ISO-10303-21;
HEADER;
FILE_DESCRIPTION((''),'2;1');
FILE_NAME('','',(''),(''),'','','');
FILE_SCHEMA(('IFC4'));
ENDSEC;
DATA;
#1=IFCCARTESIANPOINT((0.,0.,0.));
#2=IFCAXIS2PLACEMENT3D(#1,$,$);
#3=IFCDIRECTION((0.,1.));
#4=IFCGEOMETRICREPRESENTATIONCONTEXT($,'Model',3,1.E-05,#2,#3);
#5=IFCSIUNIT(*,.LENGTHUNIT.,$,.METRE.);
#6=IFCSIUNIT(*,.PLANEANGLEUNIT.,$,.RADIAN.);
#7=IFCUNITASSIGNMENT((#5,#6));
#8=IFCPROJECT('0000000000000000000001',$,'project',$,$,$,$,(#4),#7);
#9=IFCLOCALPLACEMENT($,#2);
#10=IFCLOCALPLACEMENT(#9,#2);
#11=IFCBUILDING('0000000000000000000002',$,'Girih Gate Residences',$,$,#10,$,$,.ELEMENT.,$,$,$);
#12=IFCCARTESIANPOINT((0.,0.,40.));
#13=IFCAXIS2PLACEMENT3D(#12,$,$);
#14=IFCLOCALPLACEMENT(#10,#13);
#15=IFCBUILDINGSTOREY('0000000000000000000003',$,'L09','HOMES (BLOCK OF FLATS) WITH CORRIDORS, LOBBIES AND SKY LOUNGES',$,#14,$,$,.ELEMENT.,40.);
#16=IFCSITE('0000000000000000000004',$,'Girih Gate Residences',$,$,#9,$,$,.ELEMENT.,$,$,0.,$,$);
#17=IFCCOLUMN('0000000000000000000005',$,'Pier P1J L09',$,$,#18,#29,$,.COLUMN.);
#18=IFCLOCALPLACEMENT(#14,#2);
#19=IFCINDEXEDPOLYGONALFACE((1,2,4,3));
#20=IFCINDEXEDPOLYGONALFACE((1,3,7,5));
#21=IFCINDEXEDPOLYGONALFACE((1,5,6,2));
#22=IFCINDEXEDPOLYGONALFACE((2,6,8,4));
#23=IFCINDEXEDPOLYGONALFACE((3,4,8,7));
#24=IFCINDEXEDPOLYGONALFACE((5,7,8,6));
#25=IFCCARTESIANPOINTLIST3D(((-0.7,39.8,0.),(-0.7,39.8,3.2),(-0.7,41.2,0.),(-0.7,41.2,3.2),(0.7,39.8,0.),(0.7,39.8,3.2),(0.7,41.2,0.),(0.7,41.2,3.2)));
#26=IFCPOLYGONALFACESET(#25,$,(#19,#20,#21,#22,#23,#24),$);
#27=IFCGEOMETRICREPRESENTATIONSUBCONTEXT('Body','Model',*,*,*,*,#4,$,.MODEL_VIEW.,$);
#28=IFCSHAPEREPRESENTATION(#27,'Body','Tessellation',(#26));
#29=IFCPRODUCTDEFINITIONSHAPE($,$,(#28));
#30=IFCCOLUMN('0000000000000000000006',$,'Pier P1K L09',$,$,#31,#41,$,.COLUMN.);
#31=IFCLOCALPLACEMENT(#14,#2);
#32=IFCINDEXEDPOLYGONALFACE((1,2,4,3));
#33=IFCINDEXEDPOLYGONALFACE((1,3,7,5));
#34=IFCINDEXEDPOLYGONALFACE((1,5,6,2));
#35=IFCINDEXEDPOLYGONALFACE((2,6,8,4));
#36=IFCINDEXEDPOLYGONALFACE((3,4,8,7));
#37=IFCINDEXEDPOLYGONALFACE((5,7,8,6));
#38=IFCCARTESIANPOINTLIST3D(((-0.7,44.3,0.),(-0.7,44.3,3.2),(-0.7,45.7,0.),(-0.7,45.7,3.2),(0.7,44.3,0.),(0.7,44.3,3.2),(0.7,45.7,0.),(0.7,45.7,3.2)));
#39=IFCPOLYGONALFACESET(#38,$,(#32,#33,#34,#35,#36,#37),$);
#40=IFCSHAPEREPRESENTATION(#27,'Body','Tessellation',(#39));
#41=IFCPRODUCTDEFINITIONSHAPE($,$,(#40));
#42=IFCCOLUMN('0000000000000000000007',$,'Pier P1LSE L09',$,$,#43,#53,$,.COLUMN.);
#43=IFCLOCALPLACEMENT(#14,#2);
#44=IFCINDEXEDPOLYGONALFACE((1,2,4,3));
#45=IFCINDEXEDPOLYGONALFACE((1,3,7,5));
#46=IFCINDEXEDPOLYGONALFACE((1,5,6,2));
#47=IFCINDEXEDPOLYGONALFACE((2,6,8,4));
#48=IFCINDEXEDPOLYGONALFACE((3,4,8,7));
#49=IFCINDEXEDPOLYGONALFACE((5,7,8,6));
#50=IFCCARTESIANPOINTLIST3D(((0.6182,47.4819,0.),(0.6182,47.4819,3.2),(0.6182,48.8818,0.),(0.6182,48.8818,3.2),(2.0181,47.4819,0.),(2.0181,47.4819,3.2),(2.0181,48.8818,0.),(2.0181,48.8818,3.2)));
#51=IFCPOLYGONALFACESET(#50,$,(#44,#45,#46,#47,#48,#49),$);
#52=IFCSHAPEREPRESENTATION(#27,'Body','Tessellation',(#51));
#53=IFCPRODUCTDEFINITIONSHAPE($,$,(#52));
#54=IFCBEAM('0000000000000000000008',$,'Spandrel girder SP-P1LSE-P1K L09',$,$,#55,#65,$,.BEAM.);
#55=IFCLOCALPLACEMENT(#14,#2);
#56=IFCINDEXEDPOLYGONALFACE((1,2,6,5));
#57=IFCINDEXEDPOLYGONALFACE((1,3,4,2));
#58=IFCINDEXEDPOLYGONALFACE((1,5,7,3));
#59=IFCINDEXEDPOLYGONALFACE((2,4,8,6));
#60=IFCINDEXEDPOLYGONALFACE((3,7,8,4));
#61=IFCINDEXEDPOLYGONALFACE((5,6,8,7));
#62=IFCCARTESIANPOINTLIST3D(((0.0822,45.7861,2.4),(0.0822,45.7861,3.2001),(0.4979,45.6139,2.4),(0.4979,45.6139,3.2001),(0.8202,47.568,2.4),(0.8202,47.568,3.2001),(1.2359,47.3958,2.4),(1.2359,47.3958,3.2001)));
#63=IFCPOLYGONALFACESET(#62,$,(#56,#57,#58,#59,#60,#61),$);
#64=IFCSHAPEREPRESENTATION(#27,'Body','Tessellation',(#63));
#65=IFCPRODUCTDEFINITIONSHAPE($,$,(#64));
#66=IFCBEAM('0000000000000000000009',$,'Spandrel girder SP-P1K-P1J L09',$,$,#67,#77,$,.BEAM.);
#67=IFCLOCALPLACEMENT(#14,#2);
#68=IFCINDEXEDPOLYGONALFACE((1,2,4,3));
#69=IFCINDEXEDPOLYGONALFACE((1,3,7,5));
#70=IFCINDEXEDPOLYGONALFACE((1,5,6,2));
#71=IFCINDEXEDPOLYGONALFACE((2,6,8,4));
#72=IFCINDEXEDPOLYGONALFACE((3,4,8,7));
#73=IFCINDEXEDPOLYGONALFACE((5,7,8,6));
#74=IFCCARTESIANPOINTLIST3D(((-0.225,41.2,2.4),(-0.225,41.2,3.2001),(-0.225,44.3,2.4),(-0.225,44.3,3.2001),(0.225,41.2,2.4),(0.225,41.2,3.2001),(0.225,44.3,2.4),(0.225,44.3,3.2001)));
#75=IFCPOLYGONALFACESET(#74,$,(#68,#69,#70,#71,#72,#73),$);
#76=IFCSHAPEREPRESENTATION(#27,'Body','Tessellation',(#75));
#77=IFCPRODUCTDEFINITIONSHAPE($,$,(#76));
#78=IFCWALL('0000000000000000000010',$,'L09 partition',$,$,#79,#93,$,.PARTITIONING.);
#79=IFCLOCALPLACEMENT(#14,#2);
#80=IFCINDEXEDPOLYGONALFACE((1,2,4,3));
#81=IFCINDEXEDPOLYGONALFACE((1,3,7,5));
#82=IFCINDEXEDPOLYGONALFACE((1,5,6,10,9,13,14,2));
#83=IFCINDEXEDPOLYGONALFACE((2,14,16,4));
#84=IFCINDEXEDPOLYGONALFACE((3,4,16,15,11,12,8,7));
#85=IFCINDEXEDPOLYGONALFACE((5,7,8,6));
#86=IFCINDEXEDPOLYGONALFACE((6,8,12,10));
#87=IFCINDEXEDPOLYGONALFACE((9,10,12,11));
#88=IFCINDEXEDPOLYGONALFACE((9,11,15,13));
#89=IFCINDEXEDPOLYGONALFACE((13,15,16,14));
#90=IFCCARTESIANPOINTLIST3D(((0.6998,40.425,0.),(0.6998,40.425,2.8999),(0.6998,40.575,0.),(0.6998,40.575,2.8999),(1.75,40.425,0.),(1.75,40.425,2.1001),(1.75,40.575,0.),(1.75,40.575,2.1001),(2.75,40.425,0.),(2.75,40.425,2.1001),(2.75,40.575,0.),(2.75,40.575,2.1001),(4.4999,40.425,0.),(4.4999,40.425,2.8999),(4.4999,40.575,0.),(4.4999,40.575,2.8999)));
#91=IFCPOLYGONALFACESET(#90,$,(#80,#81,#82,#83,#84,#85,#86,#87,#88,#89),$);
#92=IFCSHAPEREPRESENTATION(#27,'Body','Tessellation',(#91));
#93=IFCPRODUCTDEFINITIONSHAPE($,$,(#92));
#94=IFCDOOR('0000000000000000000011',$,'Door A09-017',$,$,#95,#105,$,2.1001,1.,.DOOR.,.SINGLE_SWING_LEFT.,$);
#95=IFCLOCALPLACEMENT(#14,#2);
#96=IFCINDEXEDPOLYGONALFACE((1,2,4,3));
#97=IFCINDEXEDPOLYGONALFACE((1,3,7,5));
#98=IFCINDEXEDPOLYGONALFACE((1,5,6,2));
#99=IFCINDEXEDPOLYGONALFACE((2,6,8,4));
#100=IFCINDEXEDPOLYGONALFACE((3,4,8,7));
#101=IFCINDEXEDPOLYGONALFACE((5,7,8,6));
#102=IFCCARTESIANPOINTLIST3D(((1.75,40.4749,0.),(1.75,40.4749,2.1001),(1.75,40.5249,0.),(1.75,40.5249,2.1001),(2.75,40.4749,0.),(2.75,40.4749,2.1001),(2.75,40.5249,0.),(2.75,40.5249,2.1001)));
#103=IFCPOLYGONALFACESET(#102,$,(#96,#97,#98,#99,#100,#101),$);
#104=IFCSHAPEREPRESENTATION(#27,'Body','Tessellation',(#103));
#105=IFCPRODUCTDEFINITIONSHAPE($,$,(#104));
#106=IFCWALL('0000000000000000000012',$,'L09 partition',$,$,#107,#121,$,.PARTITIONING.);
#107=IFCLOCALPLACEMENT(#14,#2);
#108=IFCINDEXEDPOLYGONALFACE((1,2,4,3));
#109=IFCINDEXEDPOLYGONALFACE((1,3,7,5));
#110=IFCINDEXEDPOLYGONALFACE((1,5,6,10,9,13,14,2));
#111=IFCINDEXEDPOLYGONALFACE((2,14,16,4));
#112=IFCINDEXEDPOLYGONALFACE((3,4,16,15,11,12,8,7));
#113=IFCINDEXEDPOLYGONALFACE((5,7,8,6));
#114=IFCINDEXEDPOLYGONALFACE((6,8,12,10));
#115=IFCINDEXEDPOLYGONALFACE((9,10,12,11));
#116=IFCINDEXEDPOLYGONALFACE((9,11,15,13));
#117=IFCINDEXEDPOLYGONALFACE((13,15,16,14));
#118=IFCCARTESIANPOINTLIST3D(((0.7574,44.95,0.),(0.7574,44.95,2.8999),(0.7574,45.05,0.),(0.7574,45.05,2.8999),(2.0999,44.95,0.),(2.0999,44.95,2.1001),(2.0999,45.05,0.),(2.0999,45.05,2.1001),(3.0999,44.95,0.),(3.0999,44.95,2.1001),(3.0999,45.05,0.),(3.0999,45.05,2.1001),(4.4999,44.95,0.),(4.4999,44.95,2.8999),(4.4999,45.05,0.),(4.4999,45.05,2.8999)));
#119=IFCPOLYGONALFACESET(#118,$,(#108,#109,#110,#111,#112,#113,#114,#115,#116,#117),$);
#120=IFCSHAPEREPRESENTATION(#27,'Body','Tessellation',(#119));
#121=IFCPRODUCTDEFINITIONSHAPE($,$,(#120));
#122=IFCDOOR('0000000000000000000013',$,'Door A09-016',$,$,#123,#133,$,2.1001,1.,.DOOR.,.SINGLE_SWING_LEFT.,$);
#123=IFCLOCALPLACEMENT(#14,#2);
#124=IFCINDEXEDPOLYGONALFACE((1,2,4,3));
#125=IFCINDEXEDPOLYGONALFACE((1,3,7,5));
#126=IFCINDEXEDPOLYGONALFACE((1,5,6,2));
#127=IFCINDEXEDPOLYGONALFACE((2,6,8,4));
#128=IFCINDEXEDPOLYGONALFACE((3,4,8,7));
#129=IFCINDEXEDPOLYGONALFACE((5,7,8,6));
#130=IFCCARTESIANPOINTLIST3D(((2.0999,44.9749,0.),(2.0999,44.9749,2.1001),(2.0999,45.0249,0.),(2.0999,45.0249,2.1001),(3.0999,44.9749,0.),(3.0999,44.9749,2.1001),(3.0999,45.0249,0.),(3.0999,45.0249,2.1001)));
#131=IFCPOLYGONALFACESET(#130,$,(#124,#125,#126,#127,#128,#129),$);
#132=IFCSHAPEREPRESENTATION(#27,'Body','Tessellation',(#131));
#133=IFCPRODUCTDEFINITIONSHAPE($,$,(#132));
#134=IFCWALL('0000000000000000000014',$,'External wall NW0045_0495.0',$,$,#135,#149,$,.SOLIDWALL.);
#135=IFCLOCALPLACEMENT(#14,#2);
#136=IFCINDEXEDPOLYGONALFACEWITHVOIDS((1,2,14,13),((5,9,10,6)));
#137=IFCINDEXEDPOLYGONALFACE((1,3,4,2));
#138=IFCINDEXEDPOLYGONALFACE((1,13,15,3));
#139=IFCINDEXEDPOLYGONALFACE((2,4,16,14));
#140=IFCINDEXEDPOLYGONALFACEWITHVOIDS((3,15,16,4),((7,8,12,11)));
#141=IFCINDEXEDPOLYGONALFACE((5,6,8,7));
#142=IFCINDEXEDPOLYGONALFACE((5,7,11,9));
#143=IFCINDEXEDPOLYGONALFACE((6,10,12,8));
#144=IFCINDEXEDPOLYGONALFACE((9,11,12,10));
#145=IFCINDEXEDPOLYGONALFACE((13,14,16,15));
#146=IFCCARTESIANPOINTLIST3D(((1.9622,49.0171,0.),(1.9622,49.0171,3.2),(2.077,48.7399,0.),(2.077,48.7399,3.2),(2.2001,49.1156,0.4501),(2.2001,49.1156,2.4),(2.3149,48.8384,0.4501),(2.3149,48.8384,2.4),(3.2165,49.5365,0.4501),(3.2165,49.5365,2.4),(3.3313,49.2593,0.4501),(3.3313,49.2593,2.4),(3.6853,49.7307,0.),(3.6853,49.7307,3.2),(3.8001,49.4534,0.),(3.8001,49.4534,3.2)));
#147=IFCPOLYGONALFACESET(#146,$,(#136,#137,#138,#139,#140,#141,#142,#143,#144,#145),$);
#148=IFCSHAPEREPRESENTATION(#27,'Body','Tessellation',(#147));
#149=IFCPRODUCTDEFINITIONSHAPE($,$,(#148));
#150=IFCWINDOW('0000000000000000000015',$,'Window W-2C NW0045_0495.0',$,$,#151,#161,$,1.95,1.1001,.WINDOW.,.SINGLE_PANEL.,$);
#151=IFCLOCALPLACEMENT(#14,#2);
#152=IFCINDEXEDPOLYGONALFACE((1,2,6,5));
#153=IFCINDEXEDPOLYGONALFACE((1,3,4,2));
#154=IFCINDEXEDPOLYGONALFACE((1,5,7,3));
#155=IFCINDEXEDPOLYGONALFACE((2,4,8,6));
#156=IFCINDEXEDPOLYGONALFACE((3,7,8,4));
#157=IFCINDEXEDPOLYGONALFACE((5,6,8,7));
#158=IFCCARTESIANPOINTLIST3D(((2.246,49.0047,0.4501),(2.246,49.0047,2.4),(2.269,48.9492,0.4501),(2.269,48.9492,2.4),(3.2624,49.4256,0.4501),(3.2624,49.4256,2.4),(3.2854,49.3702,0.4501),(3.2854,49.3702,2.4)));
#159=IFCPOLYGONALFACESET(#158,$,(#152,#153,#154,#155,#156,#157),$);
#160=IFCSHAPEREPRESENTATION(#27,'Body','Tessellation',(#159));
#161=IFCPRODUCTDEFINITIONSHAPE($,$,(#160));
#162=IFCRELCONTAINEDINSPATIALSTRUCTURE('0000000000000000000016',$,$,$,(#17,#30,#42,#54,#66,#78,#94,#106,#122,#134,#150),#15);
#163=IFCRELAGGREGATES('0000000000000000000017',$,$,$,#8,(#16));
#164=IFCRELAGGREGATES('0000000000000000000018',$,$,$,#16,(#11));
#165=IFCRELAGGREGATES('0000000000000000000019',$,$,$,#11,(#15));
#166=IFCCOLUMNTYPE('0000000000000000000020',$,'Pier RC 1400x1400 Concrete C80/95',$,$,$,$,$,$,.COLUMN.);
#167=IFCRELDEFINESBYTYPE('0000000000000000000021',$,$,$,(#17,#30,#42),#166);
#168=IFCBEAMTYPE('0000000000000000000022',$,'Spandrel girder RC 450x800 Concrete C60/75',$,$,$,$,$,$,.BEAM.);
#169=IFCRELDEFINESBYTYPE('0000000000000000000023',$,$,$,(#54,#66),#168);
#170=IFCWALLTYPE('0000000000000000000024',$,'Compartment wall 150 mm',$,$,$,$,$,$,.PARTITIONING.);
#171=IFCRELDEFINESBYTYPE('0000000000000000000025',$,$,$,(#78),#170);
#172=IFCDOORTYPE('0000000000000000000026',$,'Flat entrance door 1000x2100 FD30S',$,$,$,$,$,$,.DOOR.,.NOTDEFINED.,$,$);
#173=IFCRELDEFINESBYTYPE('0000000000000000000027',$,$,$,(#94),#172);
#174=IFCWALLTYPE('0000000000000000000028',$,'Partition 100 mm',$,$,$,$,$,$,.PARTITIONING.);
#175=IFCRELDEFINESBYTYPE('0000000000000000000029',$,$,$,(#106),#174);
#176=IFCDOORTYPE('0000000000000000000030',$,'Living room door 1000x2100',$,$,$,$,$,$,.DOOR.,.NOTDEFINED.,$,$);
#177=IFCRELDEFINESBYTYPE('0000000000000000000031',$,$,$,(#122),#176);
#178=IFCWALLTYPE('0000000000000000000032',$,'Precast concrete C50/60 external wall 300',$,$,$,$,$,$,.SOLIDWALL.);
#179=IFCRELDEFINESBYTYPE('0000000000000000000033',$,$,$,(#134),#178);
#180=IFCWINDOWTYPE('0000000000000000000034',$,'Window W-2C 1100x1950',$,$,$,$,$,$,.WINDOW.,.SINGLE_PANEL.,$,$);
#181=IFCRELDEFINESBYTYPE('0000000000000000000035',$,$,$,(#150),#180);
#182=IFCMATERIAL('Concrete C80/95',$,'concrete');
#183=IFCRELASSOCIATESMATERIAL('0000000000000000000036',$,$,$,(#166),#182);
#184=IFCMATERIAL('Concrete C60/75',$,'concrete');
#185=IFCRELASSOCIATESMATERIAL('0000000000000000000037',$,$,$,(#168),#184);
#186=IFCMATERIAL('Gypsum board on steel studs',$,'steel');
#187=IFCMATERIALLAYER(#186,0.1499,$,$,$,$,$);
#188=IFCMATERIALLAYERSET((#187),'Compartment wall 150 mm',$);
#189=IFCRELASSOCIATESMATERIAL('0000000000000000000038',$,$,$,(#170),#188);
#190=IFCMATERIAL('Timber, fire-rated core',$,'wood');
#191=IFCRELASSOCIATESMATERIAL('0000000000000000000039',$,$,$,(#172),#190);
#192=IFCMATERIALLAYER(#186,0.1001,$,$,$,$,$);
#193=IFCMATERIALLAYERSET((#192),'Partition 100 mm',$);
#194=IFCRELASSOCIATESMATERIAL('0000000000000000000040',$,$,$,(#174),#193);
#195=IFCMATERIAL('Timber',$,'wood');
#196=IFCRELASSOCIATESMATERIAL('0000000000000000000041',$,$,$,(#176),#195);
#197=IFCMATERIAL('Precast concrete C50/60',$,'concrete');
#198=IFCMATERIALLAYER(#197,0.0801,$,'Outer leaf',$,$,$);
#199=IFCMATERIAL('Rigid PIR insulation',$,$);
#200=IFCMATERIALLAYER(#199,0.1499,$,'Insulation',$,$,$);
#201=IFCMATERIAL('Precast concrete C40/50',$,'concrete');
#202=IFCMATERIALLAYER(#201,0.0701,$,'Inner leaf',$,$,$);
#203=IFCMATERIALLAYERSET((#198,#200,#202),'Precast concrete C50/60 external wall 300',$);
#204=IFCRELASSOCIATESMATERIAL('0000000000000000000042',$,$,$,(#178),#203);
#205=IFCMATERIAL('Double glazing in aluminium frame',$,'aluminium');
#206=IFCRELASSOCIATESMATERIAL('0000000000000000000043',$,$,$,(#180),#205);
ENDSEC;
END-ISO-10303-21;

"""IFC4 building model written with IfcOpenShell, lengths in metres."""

from ifc_helpers import new_model, si_unit, direction, frame, frame_2d, origin, origin_2d, place, context, subcontext, project, spatial, rectangle, extrude, material, layer, layer_set, material_profile, profile_set, type_object, element, fill, save


model = new_model("IFC4")

# Units and contexts
model_context = context("Model", 3, precision=1e-05, world=origin(), true_north=direction((0.0, 1.0)))
body_context = subcontext(model_context, "Body", "Model", "MODEL_VIEW")
ifc_project = project(units=[si_unit("LENGTHUNIT", "METRE"), si_unit("PLANEANGLEUNIT", "RADIAN")], contexts=[model_context])

# Site, building, storey
site_placement = place(None, origin())
site = spatial("IfcSite", under=ifc_project, at=site_placement, Name="Girih Gate Residences", CompositionType="ELEMENT", RefElevation=0.0)
building_placement = place(site_placement, origin())
building = spatial("IfcBuilding", under=site, at=building_placement, Name="Girih Gate Residences", CompositionType="ELEMENT")
storey_placement = place(building_placement, frame((0.0, 0.0, 40.0)))
storey = spatial("IfcBuildingStorey", under=building, at=storey_placement, Name="L09", Description="HOMES (BLOCK OF FLATS) WITH CORRIDORS, LOBBIES AND SKY LOUNGES", CompositionType="ELEMENT", Elevation=40.0)

# Columns
ifc_material_1 = material(Name="Concrete C80/95", Category="concrete")
ifc_material_profile_1 = material_profile(ifc_material_1, rectangle(XDim=1.3999, YDim=1.3999, at=origin_2d()))
ifc_profile_set_1 = profile_set([ifc_material_profile_1], Name="Concrete C80/95")
column_type = type_object("IfcColumnType", Name="Pier RC 1400x1400 Concrete C80/95", PredefinedType="COLUMN", material=ifc_profile_set_1)
for number, where, z_axis, x_axis, name in (
    (1, (0.0, 40.5, 0.0), (0.0, 0.0, 1.0), (1.0, 0.0, 0.0), "Pier P1J L09"),
    (2, (0.0, 45.0, 0.0), (0.0, 0.0, 1.0), (1.0, 0.0, 0.0), "Pier P1K L09"),
    (3, (1.3181, 48.1819, 0.0), (0.0, 0.0, 1.0), (1.0, 0.0, 0.0), "Pier P1LSE L09"),
):
    element("IfcColumn", number, at=place(storey_placement, frame(where, z_axis=z_axis, x_axis=x_axis)), inside=storey, type_object=column_type, Name=name, PredefinedType="COLUMN", context=body_context, shape_type="SweptSolid", body=[
        extrude(rectangle(XDim=1.3999, YDim=1.3999, at=origin_2d()), origin(), (0.0, 0.0, 1.0), 3.2),
    ])

# Beams
ifc_material_2 = material(Name="Concrete C60/75", Category="concrete")
ifc_material_profile_2 = material_profile(ifc_material_2, rectangle(XDim=0.45, YDim=0.8, at=origin_2d()))
ifc_profile_set_2 = profile_set([ifc_material_profile_2], Name="Concrete C60/75")
beam_type = type_object("IfcBeamType", Name="Spandrel girder RC 450x800 Concrete C60/75", PredefinedType="BEAM", material=ifc_profile_set_2)
beam_1_placement = place(storey_placement, frame((1.0281, 47.4819, 2.8), z_axis=(-0.382646, -0.923895, 0.0), x_axis=(0.923895, -0.382646, 0.0)))
element("IfcBeam", 4, at=beam_1_placement, inside=storey, type_object=beam_type, Name="Spandrel girder SP-P1LSE-P1K L09", PredefinedType="BEAM", context=body_context, shape_type="SweptSolid", body=[
    extrude(rectangle(XDim=0.45, YDim=0.8, at=origin_2d()), origin(), (0.0, 0.0, 1.0), 1.9287),
])
beam_2_placement = place(storey_placement, frame((0.0, 44.3, 2.8), z_axis=(0.0, -1.0, 0.0), x_axis=(1.0, 0.0, 0.0)))
element("IfcBeam", 5, at=beam_2_placement, inside=storey, type_object=beam_type, Name="Spandrel girder SP-P1K-P1J L09", PredefinedType="BEAM", context=body_context, shape_type="SweptSolid", body=[
    extrude(rectangle(XDim=0.45, YDim=0.8, at=origin_2d()), origin(), (0.0, 0.0, 1.0), 3.1001),
])

# Walls, openings, doors
ifc_material_3 = material(Name="Gypsum board on steel studs", Category="steel")
ifc_layer_1 = layer(ifc_material_3, 0.1499)
ifc_layer_set_1 = layer_set([ifc_layer_1], Name="Compartment wall 150 mm")
wall_type_1 = type_object("IfcWallType", Name="Compartment wall 150 mm", PredefinedType="PARTITIONING", material=ifc_layer_set_1)
wall_1_placement = place(storey_placement, frame((0.7, 40.5, 0.0), z_axis=(0.0, 0.0, 1.0), x_axis=(1.0, 0.0, 0.0)))
wall_1 = element("IfcWall", 6, at=wall_1_placement, inside=storey, type_object=wall_type_1, Name="L09 partition", PredefinedType="PARTITIONING", context=body_context, shape_type="SweptSolid", body=[
    extrude(rectangle(XDim=3.8, YDim=0.1499, at=frame_2d((1.8999, 0.0))), origin(), (0.0, 0.0, 1.0), 2.8999),
])
opening_1_placement = place(wall_1_placement, frame((1.05, 0.0, 0.0)))
opening_1 = element("IfcOpeningElement", 7, at=opening_1_placement, cuts=wall_1, PredefinedType="OPENING", context=body_context, shape_type="SweptSolid", body=[
    extrude(rectangle(XDim=1.0, YDim=2.1001, at=frame_2d((0.5, 1.05))), frame((0.0, 0.085, 0.0), z_axis=(0.0, -1.0, 0.0), x_axis=(1.0, 0.0, 0.0)), (0.0, 0.0, 1.0), 0.1699),
])
ifc_material_4 = material(Name="Timber, fire-rated core", Category="wood")
door_type_1 = type_object("IfcDoorType", Name="Flat entrance door 1000x2100 FD30S", OperationType="NOTDEFINED", PredefinedType="DOOR", material=ifc_material_4)
door_1_placement = place(opening_1_placement, origin())
door_1 = element("IfcDoor", 8, at=door_1_placement, inside=storey, type_object=door_type_1, Name="Door A09-017", OperationType="SINGLE_SWING_LEFT", OverallHeight=2.1001, OverallWidth=1.0, PredefinedType="DOOR", context=body_context, shape_type="SweptSolid", body=[
    extrude(rectangle(XDim=1.0, YDim=2.1001, at=frame_2d((0.5, 1.05))), frame((0.0, 0.0249, 0.0), z_axis=(0.0, -1.0, 0.0), x_axis=(1.0, 0.0, 0.0)), (0.0, 0.0, 1.0), 0.05),
])
fill(opening_1, door_1)
ifc_layer_2 = layer(ifc_material_3, 0.1001)
ifc_layer_set_2 = layer_set([ifc_layer_2], Name="Partition 100 mm")
wall_type_2 = type_object("IfcWallType", Name="Partition 100 mm", PredefinedType="PARTITIONING", material=ifc_layer_set_2)
wall_2_placement = place(storey_placement, frame((0.7576, 45.0, 0.0), z_axis=(0.0, 0.0, 1.0), x_axis=(1.0, 0.0, 0.0)))
wall_2 = element("IfcWall", 9, at=wall_2_placement, inside=storey, type_object=wall_type_2, Name="L09 partition", PredefinedType="PARTITIONING", context=body_context, shape_type="SweptSolid", body=[
    extrude(rectangle(XDim=3.7424, YDim=0.1001, at=frame_2d((1.8711, 0.0))), origin(), (0.0, 0.0, 1.0), 2.8999),
])
opening_2_placement = place(wall_2_placement, frame((1.3423, 0.0, 0.0)))
opening_2 = element("IfcOpeningElement", 10, at=opening_2_placement, cuts=wall_2, PredefinedType="OPENING", context=body_context, shape_type="SweptSolid", body=[
    extrude(rectangle(XDim=1.0, YDim=2.1001, at=frame_2d((0.5, 1.05))), frame((0.0, 0.0601, 0.0), z_axis=(0.0, -1.0, 0.0), x_axis=(1.0, 0.0, 0.0)), (0.0, 0.0, 1.0), 0.1201),
])
ifc_material_5 = material(Name="Timber", Category="wood")
door_type_2 = type_object("IfcDoorType", Name="Living room door 1000x2100", OperationType="NOTDEFINED", PredefinedType="DOOR", material=ifc_material_5)
door_2_placement = place(opening_2_placement, origin())
door_2 = element("IfcDoor", 11, at=door_2_placement, inside=storey, type_object=door_type_2, Name="Door A09-016", OperationType="SINGLE_SWING_LEFT", OverallHeight=2.1001, OverallWidth=1.0, PredefinedType="DOOR", context=body_context, shape_type="SweptSolid", body=[
    extrude(rectangle(XDim=1.0, YDim=2.1001, at=frame_2d((0.5, 1.05))), frame((0.0, 0.0249, 0.0), z_axis=(0.0, -1.0, 0.0), x_axis=(1.0, 0.0, 0.0)), (0.0, 0.0, 1.0), 0.05),
])
fill(opening_2, door_2)

# Wall, opening, window
ifc_material_6 = material(Name="Precast concrete C50/60", Category="concrete")
ifc_layer_3 = layer(ifc_material_6, 0.0801, Name="Outer leaf")
ifc_material_7 = material(Name="Rigid PIR insulation")
ifc_layer_4 = layer(ifc_material_7, 0.1499, Name="Insulation")
ifc_material_8 = material(Name="Precast concrete C40/50", Category="concrete")
ifc_layer_5 = layer(ifc_material_8, 0.0701, Name="Inner leaf")
ifc_layer_set_3 = layer_set([ifc_layer_3, ifc_layer_4, ifc_layer_5], Name="Precast concrete C50/60 external wall 300")
wall_type_3 = type_object("IfcWallType", Name="Precast concrete C50/60 external wall 300", PredefinedType="SOLIDWALL", material=ifc_layer_set_3)
wall_3_placement = place(storey_placement, frame((2.0195, 48.8784, 0.0), z_axis=(0.0, 0.0, 1.0), x_axis=(0.923904, 0.382625, 0.0)))
wall_3 = element("IfcWall", 12, at=wall_3_placement, inside=storey, type_object=wall_type_3, Name="External wall NW0045_0495.0", PredefinedType="SOLIDWALL", context=body_context, shape_type="SweptSolid", body=[
    extrude(rectangle(XDim=1.865, YDim=0.3, at=frame_2d((0.9326, 0.0))), origin(), (0.0, 0.0, 1.0), 3.2),
])
opening_3_placement = place(wall_3_placement, frame((0.2576, 0.0, 0.45)))
opening_3 = element("IfcOpeningElement", 13, at=opening_3_placement, cuts=wall_3, PredefinedType="OPENING", context=body_context, shape_type="SweptSolid", body=[
    extrude(rectangle(XDim=1.1001, YDim=1.95, at=frame_2d((0.55, 0.9751))), frame((0.0, 0.1599, 0.0), z_axis=(0.0, -1.0, 0.0), x_axis=(1.0, 0.0, 0.0)), (0.0, 0.0, 1.0), 0.3201),
])
ifc_material_9 = material(Name="Double glazing in aluminium frame", Category="aluminium")
window_type_1 = type_object("IfcWindowType", Name="Window W-2C 1100x1950", PartitioningType="SINGLE_PANEL", PredefinedType="WINDOW", material=ifc_material_9)
window_1_placement = place(opening_3_placement, origin())
window_1 = element("IfcWindow", 14, at=window_1_placement, inside=storey, type_object=window_type_1, Name="Window W-2C NW0045_0495.0", OverallHeight=1.95, OverallWidth=1.1001, PartitioningType="SINGLE_PANEL", PredefinedType="WINDOW", context=body_context, shape_type="SweptSolid", body=[
    extrude(rectangle(XDim=1.1001, YDim=1.95, at=frame_2d((0.55, 0.9751))), frame((0.0, 0.03, 0.0), z_axis=(0.0, -1.0, 0.0), x_axis=(1.0, 0.0, 0.0)), (0.0, 0.0, 1.0), 0.0601),
])
fill(opening_3, window_1)

save(model, "model.ifc")
